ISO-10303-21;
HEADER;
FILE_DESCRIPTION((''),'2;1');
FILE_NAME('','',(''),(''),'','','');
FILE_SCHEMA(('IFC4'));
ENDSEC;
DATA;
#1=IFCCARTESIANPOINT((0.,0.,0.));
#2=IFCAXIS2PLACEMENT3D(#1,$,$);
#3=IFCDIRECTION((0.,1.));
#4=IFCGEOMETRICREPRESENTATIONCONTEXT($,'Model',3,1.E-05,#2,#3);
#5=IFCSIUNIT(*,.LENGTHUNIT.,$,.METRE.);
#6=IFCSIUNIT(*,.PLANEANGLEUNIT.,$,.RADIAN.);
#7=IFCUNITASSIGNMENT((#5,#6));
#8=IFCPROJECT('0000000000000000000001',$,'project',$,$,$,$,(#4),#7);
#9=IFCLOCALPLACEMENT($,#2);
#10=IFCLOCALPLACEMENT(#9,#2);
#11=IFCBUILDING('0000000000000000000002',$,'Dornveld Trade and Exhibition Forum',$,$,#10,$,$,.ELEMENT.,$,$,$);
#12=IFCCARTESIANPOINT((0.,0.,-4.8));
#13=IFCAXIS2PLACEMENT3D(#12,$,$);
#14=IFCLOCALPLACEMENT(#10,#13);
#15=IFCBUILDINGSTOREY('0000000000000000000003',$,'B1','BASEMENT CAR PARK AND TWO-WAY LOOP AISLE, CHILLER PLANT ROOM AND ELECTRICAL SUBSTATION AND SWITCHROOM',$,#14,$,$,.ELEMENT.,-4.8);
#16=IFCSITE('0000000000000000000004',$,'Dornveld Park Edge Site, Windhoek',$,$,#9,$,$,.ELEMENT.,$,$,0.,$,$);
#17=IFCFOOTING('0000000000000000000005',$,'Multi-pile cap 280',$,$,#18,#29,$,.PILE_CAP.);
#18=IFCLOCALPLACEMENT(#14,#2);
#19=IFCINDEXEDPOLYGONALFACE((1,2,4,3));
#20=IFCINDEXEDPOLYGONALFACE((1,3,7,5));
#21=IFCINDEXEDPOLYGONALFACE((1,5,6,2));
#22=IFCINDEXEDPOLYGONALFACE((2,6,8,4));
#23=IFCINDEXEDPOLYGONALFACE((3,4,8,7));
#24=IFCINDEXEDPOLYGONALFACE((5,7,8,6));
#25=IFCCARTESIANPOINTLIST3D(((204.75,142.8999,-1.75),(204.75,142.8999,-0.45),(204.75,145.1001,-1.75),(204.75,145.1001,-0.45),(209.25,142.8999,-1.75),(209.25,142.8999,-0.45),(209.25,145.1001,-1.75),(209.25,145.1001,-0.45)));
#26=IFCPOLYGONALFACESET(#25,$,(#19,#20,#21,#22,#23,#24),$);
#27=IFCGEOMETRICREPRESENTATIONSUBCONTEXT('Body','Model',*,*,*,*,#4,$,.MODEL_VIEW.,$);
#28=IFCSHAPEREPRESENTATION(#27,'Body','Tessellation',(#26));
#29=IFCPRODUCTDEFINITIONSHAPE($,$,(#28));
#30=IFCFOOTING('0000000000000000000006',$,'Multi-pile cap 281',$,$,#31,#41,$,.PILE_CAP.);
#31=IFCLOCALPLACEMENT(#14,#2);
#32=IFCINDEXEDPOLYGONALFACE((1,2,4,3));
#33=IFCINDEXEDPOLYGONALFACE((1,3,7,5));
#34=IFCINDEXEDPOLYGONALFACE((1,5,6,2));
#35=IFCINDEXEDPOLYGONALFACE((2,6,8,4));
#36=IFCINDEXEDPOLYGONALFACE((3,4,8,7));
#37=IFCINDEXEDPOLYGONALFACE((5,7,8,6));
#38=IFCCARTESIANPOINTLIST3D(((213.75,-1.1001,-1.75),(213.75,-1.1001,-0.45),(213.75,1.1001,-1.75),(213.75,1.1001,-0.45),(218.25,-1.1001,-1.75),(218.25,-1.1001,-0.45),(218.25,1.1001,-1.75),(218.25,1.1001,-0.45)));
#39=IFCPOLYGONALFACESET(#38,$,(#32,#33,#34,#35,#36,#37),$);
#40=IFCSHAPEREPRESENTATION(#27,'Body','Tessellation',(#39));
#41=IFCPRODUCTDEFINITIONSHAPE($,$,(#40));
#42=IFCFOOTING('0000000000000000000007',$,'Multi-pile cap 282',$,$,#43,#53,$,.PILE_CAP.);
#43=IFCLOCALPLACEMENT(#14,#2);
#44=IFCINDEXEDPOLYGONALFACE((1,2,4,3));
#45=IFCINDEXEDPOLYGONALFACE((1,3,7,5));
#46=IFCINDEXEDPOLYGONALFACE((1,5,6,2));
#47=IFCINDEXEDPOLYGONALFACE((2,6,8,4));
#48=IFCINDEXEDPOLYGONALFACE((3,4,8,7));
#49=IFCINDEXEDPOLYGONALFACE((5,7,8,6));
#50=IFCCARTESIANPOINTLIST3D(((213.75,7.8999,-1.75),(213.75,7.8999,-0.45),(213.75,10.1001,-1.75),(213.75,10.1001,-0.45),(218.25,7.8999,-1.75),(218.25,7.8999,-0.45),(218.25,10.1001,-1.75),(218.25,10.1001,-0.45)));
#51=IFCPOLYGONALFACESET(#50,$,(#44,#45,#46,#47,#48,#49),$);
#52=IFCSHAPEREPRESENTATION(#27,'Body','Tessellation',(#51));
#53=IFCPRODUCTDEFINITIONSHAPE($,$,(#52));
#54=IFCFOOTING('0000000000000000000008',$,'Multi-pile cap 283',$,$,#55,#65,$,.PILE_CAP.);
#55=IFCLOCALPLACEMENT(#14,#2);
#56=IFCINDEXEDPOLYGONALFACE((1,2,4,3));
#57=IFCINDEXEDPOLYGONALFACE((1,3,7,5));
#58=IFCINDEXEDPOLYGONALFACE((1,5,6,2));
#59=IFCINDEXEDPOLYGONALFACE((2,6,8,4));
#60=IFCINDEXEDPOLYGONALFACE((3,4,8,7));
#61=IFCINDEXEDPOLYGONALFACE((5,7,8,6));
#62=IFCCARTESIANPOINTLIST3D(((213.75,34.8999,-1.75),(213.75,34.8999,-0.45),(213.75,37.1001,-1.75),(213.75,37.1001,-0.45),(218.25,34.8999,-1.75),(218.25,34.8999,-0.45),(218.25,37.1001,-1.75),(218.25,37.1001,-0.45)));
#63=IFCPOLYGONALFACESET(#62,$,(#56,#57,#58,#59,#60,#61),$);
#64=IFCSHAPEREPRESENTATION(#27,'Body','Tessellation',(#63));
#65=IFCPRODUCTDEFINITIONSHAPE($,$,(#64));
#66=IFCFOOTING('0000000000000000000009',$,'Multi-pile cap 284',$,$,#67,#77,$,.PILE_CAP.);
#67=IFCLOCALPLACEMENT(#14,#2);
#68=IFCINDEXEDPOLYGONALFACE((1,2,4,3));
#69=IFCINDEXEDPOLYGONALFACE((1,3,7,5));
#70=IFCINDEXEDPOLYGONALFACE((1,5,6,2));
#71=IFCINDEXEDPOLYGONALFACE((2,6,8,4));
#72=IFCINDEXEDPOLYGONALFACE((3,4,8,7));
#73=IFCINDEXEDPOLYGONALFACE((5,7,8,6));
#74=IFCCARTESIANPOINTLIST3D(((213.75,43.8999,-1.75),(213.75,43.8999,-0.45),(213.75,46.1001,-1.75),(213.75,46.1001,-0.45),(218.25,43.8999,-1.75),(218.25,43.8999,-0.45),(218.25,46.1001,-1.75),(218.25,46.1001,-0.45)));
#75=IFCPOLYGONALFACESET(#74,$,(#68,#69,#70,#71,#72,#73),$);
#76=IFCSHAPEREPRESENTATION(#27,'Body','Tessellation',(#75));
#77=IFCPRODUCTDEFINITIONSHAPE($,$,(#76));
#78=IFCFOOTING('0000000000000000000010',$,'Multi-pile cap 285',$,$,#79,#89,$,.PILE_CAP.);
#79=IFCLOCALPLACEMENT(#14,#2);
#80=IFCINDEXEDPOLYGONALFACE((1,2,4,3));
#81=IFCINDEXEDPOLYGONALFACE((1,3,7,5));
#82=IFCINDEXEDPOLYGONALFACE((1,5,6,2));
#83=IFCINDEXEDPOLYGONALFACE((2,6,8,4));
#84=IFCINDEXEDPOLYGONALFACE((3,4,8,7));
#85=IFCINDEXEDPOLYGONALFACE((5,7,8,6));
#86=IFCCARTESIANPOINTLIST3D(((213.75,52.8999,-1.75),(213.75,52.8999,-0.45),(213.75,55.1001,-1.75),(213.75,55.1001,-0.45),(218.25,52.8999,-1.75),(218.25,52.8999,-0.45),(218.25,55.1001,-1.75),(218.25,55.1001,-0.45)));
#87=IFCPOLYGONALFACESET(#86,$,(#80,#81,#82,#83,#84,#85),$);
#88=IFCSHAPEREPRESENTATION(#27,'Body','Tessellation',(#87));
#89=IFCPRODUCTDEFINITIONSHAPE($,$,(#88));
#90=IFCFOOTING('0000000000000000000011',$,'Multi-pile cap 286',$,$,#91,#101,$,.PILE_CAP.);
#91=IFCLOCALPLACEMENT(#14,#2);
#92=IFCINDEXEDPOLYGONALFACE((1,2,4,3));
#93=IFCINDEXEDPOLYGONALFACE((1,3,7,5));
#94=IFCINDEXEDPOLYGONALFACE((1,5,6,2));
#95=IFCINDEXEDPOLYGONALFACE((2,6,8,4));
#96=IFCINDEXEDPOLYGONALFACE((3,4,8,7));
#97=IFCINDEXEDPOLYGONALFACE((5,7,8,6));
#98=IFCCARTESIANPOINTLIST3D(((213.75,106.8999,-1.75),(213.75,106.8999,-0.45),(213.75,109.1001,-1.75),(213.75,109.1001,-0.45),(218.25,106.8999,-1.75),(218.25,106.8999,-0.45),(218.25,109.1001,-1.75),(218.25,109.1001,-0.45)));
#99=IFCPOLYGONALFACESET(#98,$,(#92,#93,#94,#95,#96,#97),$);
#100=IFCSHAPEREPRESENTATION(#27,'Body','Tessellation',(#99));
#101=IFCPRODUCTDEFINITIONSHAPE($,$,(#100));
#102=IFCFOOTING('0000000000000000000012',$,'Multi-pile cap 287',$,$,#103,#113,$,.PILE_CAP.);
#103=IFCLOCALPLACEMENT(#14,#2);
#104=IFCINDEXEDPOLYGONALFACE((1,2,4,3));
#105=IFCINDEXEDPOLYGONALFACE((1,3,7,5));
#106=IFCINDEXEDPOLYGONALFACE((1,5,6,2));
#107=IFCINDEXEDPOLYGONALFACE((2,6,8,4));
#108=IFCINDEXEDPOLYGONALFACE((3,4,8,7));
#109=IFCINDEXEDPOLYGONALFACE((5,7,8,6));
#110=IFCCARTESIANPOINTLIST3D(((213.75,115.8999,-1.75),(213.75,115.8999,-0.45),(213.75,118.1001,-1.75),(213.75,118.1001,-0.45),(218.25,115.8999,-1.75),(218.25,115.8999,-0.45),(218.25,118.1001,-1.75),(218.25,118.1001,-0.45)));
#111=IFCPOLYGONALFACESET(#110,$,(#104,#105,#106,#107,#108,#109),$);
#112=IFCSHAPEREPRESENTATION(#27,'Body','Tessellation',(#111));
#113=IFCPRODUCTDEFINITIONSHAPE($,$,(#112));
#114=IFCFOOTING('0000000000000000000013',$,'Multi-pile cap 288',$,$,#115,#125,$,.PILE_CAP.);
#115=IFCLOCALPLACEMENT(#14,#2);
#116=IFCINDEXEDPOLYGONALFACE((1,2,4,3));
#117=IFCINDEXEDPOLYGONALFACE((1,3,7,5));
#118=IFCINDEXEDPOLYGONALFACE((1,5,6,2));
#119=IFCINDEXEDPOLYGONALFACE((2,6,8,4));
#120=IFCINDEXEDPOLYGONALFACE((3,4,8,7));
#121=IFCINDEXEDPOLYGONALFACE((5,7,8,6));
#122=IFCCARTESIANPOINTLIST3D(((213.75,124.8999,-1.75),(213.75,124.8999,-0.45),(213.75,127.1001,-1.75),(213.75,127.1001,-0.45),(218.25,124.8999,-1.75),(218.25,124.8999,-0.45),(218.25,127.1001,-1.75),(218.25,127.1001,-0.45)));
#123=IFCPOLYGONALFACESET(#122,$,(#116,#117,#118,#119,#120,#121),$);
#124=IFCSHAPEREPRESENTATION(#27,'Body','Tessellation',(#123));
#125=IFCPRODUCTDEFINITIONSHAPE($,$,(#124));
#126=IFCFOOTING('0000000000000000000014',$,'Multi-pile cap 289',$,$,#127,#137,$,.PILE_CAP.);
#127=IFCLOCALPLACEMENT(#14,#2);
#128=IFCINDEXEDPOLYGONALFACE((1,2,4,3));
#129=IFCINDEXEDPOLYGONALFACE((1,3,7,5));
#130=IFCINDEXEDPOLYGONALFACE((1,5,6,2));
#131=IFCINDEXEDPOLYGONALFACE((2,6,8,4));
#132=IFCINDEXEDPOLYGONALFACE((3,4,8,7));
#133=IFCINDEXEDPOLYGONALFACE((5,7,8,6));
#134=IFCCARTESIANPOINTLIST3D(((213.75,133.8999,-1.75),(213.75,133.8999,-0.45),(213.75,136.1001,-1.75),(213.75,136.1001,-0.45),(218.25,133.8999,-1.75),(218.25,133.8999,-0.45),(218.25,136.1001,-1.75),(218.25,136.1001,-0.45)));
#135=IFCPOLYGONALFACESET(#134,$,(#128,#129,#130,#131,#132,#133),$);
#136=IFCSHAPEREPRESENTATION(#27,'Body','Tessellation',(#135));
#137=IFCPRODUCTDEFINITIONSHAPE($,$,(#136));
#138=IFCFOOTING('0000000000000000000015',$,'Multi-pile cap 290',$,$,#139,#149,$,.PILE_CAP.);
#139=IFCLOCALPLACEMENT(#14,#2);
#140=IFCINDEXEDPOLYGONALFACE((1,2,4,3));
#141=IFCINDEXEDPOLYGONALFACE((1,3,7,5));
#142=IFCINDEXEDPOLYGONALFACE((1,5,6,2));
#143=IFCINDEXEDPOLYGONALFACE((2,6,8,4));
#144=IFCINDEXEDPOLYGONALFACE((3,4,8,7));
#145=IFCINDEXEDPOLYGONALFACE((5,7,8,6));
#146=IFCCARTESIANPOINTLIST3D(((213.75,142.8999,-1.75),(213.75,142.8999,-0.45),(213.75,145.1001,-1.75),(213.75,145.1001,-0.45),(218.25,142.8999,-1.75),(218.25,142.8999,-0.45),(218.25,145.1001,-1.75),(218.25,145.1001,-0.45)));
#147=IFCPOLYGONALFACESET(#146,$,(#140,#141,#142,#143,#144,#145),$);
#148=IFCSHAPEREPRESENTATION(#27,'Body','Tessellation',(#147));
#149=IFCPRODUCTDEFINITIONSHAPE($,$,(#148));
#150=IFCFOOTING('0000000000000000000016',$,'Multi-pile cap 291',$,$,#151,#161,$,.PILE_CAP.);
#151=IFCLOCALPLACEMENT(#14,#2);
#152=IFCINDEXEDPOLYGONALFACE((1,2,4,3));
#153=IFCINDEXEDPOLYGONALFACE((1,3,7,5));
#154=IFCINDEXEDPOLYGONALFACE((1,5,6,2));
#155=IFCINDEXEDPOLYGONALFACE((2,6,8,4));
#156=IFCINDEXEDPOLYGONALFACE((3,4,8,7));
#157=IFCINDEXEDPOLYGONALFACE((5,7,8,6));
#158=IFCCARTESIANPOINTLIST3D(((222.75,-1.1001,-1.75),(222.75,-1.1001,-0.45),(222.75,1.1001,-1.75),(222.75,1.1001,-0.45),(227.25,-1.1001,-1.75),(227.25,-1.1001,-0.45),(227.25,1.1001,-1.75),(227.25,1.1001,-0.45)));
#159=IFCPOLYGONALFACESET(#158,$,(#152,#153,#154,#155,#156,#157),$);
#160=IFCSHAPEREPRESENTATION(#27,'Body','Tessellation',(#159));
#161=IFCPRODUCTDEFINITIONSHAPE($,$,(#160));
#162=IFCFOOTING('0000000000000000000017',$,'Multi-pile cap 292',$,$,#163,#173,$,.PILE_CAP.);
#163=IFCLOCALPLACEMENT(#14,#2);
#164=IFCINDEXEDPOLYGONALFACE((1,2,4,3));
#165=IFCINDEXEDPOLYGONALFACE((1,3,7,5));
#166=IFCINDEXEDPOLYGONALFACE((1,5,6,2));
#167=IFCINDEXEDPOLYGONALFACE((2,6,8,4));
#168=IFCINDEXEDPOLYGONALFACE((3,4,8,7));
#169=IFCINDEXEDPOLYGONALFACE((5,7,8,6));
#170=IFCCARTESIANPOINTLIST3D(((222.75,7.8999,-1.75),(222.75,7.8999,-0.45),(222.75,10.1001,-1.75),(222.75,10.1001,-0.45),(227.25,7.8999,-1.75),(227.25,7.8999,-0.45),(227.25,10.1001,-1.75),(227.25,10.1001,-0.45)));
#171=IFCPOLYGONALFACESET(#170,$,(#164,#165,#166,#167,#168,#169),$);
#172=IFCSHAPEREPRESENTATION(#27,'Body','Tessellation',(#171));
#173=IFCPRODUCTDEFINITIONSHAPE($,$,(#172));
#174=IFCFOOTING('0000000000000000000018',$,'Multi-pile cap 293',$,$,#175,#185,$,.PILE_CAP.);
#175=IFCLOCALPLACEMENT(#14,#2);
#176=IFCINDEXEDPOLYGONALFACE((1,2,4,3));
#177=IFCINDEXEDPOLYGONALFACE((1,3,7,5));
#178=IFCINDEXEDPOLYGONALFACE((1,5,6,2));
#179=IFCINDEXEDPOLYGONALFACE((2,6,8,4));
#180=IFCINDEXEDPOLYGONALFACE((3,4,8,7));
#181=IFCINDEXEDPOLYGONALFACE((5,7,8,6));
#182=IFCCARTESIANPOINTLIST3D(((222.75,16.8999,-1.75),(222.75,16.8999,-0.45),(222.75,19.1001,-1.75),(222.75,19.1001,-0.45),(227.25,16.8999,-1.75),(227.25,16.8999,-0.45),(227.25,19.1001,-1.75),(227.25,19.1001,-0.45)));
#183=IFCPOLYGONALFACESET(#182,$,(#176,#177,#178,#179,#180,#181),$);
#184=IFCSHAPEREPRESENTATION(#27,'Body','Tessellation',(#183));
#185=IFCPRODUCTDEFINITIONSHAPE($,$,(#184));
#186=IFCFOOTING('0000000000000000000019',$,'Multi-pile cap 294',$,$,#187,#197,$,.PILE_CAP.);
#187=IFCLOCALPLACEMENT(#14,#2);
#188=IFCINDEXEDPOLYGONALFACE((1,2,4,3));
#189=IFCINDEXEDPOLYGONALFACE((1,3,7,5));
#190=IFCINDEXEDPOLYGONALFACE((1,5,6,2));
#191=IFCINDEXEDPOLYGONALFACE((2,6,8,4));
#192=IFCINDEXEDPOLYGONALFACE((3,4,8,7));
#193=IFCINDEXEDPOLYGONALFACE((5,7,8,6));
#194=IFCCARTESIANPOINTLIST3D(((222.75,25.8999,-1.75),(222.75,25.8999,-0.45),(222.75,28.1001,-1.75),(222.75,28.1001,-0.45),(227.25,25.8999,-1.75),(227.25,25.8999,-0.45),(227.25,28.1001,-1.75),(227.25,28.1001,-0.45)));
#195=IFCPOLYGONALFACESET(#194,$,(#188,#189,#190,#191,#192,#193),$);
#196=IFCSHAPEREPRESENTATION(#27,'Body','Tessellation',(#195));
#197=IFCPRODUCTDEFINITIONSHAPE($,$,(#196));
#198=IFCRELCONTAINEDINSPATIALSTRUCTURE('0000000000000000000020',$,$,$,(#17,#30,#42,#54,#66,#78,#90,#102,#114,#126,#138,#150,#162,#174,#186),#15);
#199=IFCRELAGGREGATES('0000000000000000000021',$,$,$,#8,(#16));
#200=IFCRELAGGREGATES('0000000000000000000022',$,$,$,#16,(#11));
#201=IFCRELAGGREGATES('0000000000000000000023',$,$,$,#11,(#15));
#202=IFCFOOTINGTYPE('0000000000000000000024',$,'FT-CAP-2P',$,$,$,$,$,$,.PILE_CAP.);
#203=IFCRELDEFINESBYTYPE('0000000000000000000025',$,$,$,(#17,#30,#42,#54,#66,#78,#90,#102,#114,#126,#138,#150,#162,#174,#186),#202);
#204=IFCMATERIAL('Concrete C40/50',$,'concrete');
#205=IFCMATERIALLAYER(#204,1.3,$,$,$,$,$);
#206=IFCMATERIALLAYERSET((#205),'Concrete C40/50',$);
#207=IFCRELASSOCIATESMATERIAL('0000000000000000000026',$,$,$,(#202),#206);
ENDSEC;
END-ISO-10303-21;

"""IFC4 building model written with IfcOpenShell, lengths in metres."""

from ifc_helpers import new_model, si_unit, direction, frame, origin, place, context, subcontext, project, spatial, polyline, outline, extrude, material, layer, layer_set, type_object, element, save


model = new_model("IFC4")

# Units and contexts
model_context = context("Model", 3, precision=1e-05, world=origin(), true_north=direction((0.0, 1.0)))
body_context = subcontext(model_context, "Body", "Model", "MODEL_VIEW")
ifc_project = project(units=[si_unit("LENGTHUNIT", "METRE"), si_unit("PLANEANGLEUNIT", "RADIAN")], contexts=[model_context])

# Site, building, storey
site_placement = place(None, origin())
site = spatial("IfcSite", under=ifc_project, at=site_placement, Name="Dornveld Park Edge Site, Windhoek", CompositionType="ELEMENT", RefElevation=0.0)
building_placement = place(site_placement, origin())
building = spatial("IfcBuilding", under=site, at=building_placement, Name="Dornveld Trade and Exhibition Forum", CompositionType="ELEMENT")
storey_placement = place(building_placement, frame((0.0, 0.0, -4.8)))
storey = spatial("IfcBuildingStorey", under=building, at=storey_placement, Name="B1", Description="BASEMENT CAR PARK AND TWO-WAY LOOP AISLE, CHILLER PLANT ROOM AND ELECTRICAL SUBSTATION AND SWITCHROOM", CompositionType="ELEMENT", Elevation=-4.8)

# Footings
ifc_material_1 = material(Name="Concrete C40/50", Category="concrete")
ifc_layer = layer(ifc_material_1, 1.3)
ifc_layer_set = layer_set([ifc_layer], Name="Concrete C40/50")
footing_type = type_object("IfcFootingType", Name="FT-CAP-2P", PredefinedType="PILE_CAP", material=ifc_layer_set)
footing_1_placement = place(storey_placement, frame((0.0, 0.0, -1.75)))
element("IfcFooting", 1, at=footing_1_placement, inside=storey, type_object=footing_type, Name="Multi-pile cap 280", PredefinedType="PILE_CAP", context=body_context, shape_type="SweptSolid", body=[
    extrude(outline(polyline([(204.75, 142.8999), (209.25, 142.8999), (209.25, 145.1001), (204.75, 145.1001), (204.75, 142.8999)])), origin(), (0.0, 0.0, 1.0), 1.3),
])
footing_2_placement = place(storey_placement, frame((0.0, 0.0, -1.75)))
element("IfcFooting", 2, at=footing_2_placement, inside=storey, type_object=footing_type, Name="Multi-pile cap 281", PredefinedType="PILE_CAP", context=body_context, shape_type="SweptSolid", body=[
    extrude(outline(polyline([(213.75, -1.1001), (218.25, -1.1001), (218.25, 1.1001), (213.75, 1.1001), (213.75, -1.1001)])), origin(), (0.0, 0.0, 1.0), 1.3),
])
footing_3_placement = place(storey_placement, frame((0.0, 0.0, -1.75)))
element("IfcFooting", 3, at=footing_3_placement, inside=storey, type_object=footing_type, Name="Multi-pile cap 282", PredefinedType="PILE_CAP", context=body_context, shape_type="SweptSolid", body=[
    extrude(outline(polyline([(213.75, 7.8999), (218.25, 7.8999), (218.25, 10.1001), (213.75, 10.1001), (213.75, 7.8999)])), origin(), (0.0, 0.0, 1.0), 1.3),
])
footing_4_placement = place(storey_placement, frame((0.0, 0.0, -1.75)))
element("IfcFooting", 4, at=footing_4_placement, inside=storey, type_object=footing_type, Name="Multi-pile cap 283", PredefinedType="PILE_CAP", context=body_context, shape_type="SweptSolid", body=[
    extrude(outline(polyline([(213.75, 34.8999), (218.25, 34.8999), (218.25, 37.1001), (213.75, 37.1001), (213.75, 34.8999)])), origin(), (0.0, 0.0, 1.0), 1.3),
])
footing_5_placement = place(storey_placement, frame((0.0, 0.0, -1.75)))
element("IfcFooting", 5, at=footing_5_placement, inside=storey, type_object=footing_type, Name="Multi-pile cap 284", PredefinedType="PILE_CAP", context=body_context, shape_type="SweptSolid", body=[
    extrude(outline(polyline([(213.75, 43.8999), (218.25, 43.8999), (218.25, 46.1001), (213.75, 46.1001), (213.75, 43.8999)])), origin(), (0.0, 0.0, 1.0), 1.3),
])
footing_6_placement = place(storey_placement, frame((0.0, 0.0, -1.75)))
element("IfcFooting", 6, at=footing_6_placement, inside=storey, type_object=footing_type, Name="Multi-pile cap 285", PredefinedType="PILE_CAP", context=body_context, shape_type="SweptSolid", body=[
    extrude(outline(polyline([(213.75, 52.8999), (218.25, 52.8999), (218.25, 55.1001), (213.75, 55.1001), (213.75, 52.8999)])), origin(), (0.0, 0.0, 1.0), 1.3),
])
footing_7_placement = place(storey_placement, frame((0.0, 0.0, -1.75)))
element("IfcFooting", 7, at=footing_7_placement, inside=storey, type_object=footing_type, Name="Multi-pile cap 286", PredefinedType="PILE_CAP", context=body_context, shape_type="SweptSolid", body=[
    extrude(outline(polyline([(213.75, 106.8999), (218.25, 106.8999), (218.25, 109.1001), (213.75, 109.1001), (213.75, 106.8999)])), origin(), (0.0, 0.0, 1.0), 1.3),
])
footing_8_placement = place(storey_placement, frame((0.0, 0.0, -1.75)))
element("IfcFooting", 8, at=footing_8_placement, inside=storey, type_object=footing_type, Name="Multi-pile cap 287", PredefinedType="PILE_CAP", context=body_context, shape_type="SweptSolid", body=[
    extrude(outline(polyline([(213.75, 115.8999), (218.25, 115.8999), (218.25, 118.1001), (213.75, 118.1001), (213.75, 115.8999)])), origin(), (0.0, 0.0, 1.0), 1.3),
])
footing_9_placement = place(storey_placement, frame((0.0, 0.0, -1.75)))
element("IfcFooting", 9, at=footing_9_placement, inside=storey, type_object=footing_type, Name="Multi-pile cap 288", PredefinedType="PILE_CAP", context=body_context, shape_type="SweptSolid", body=[
    extrude(outline(polyline([(213.75, 124.8999), (218.25, 124.8999), (218.25, 127.1001), (213.75, 127.1001), (213.75, 124.8999)])), origin(), (0.0, 0.0, 1.0), 1.3),
])
footing_10_placement = place(storey_placement, frame((0.0, 0.0, -1.75)))
element("IfcFooting", 10, at=footing_10_placement, inside=storey, type_object=footing_type, Name="Multi-pile cap 289", PredefinedType="PILE_CAP", context=body_context, shape_type="SweptSolid", body=[
    extrude(outline(polyline([(213.75, 133.8999), (218.25, 133.8999), (218.25, 136.1001), (213.75, 136.1001), (213.75, 133.8999)])), origin(), (0.0, 0.0, 1.0), 1.3),
])
footing_11_placement = place(storey_placement, frame((0.0, 0.0, -1.75)))
element("IfcFooting", 11, at=footing_11_placement, inside=storey, type_object=footing_type, Name="Multi-pile cap 290", PredefinedType="PILE_CAP", context=body_context, shape_type="SweptSolid", body=[
    extrude(outline(polyline([(213.75, 142.8999), (218.25, 142.8999), (218.25, 145.1001), (213.75, 145.1001), (213.75, 142.8999)])), origin(), (0.0, 0.0, 1.0), 1.3),
])
footing_12_placement = place(storey_placement, frame((0.0, 0.0, -1.75)))
element("IfcFooting", 12, at=footing_12_placement, inside=storey, type_object=footing_type, Name="Multi-pile cap 291", PredefinedType="PILE_CAP", context=body_context, shape_type="SweptSolid", body=[
    extrude(outline(polyline([(222.75, -1.1001), (227.25, -1.1001), (227.25, 1.1001), (222.75, 1.1001), (222.75, -1.1001)])), origin(), (0.0, 0.0, 1.0), 1.3),
])
footing_13_placement = place(storey_placement, frame((0.0, 0.0, -1.75)))
element("IfcFooting", 13, at=footing_13_placement, inside=storey, type_object=footing_type, Name="Multi-pile cap 292", PredefinedType="PILE_CAP", context=body_context, shape_type="SweptSolid", body=[
    extrude(outline(polyline([(222.75, 7.8999), (227.25, 7.8999), (227.25, 10.1001), (222.75, 10.1001), (222.75, 7.8999)])), origin(), (0.0, 0.0, 1.0), 1.3),
])
footing_14_placement = place(storey_placement, frame((0.0, 0.0, -1.75)))
element("IfcFooting", 14, at=footing_14_placement, inside=storey, type_object=footing_type, Name="Multi-pile cap 293", PredefinedType="PILE_CAP", context=body_context, shape_type="SweptSolid", body=[
    extrude(outline(polyline([(222.75, 16.8999), (227.25, 16.8999), (227.25, 19.1001), (222.75, 19.1001), (222.75, 16.8999)])), origin(), (0.0, 0.0, 1.0), 1.3),
])
footing_15_placement = place(storey_placement, frame((0.0, 0.0, -1.75)))
element("IfcFooting", 15, at=footing_15_placement, inside=storey, type_object=footing_type, Name="Multi-pile cap 294", PredefinedType="PILE_CAP", context=body_context, shape_type="SweptSolid", body=[
    extrude(outline(polyline([(222.75, 25.8999), (227.25, 25.8999), (227.25, 28.1001), (222.75, 28.1001), (222.75, 25.8999)])), origin(), (0.0, 0.0, 1.0), 1.3),
])

save(model, "model.ifc")
